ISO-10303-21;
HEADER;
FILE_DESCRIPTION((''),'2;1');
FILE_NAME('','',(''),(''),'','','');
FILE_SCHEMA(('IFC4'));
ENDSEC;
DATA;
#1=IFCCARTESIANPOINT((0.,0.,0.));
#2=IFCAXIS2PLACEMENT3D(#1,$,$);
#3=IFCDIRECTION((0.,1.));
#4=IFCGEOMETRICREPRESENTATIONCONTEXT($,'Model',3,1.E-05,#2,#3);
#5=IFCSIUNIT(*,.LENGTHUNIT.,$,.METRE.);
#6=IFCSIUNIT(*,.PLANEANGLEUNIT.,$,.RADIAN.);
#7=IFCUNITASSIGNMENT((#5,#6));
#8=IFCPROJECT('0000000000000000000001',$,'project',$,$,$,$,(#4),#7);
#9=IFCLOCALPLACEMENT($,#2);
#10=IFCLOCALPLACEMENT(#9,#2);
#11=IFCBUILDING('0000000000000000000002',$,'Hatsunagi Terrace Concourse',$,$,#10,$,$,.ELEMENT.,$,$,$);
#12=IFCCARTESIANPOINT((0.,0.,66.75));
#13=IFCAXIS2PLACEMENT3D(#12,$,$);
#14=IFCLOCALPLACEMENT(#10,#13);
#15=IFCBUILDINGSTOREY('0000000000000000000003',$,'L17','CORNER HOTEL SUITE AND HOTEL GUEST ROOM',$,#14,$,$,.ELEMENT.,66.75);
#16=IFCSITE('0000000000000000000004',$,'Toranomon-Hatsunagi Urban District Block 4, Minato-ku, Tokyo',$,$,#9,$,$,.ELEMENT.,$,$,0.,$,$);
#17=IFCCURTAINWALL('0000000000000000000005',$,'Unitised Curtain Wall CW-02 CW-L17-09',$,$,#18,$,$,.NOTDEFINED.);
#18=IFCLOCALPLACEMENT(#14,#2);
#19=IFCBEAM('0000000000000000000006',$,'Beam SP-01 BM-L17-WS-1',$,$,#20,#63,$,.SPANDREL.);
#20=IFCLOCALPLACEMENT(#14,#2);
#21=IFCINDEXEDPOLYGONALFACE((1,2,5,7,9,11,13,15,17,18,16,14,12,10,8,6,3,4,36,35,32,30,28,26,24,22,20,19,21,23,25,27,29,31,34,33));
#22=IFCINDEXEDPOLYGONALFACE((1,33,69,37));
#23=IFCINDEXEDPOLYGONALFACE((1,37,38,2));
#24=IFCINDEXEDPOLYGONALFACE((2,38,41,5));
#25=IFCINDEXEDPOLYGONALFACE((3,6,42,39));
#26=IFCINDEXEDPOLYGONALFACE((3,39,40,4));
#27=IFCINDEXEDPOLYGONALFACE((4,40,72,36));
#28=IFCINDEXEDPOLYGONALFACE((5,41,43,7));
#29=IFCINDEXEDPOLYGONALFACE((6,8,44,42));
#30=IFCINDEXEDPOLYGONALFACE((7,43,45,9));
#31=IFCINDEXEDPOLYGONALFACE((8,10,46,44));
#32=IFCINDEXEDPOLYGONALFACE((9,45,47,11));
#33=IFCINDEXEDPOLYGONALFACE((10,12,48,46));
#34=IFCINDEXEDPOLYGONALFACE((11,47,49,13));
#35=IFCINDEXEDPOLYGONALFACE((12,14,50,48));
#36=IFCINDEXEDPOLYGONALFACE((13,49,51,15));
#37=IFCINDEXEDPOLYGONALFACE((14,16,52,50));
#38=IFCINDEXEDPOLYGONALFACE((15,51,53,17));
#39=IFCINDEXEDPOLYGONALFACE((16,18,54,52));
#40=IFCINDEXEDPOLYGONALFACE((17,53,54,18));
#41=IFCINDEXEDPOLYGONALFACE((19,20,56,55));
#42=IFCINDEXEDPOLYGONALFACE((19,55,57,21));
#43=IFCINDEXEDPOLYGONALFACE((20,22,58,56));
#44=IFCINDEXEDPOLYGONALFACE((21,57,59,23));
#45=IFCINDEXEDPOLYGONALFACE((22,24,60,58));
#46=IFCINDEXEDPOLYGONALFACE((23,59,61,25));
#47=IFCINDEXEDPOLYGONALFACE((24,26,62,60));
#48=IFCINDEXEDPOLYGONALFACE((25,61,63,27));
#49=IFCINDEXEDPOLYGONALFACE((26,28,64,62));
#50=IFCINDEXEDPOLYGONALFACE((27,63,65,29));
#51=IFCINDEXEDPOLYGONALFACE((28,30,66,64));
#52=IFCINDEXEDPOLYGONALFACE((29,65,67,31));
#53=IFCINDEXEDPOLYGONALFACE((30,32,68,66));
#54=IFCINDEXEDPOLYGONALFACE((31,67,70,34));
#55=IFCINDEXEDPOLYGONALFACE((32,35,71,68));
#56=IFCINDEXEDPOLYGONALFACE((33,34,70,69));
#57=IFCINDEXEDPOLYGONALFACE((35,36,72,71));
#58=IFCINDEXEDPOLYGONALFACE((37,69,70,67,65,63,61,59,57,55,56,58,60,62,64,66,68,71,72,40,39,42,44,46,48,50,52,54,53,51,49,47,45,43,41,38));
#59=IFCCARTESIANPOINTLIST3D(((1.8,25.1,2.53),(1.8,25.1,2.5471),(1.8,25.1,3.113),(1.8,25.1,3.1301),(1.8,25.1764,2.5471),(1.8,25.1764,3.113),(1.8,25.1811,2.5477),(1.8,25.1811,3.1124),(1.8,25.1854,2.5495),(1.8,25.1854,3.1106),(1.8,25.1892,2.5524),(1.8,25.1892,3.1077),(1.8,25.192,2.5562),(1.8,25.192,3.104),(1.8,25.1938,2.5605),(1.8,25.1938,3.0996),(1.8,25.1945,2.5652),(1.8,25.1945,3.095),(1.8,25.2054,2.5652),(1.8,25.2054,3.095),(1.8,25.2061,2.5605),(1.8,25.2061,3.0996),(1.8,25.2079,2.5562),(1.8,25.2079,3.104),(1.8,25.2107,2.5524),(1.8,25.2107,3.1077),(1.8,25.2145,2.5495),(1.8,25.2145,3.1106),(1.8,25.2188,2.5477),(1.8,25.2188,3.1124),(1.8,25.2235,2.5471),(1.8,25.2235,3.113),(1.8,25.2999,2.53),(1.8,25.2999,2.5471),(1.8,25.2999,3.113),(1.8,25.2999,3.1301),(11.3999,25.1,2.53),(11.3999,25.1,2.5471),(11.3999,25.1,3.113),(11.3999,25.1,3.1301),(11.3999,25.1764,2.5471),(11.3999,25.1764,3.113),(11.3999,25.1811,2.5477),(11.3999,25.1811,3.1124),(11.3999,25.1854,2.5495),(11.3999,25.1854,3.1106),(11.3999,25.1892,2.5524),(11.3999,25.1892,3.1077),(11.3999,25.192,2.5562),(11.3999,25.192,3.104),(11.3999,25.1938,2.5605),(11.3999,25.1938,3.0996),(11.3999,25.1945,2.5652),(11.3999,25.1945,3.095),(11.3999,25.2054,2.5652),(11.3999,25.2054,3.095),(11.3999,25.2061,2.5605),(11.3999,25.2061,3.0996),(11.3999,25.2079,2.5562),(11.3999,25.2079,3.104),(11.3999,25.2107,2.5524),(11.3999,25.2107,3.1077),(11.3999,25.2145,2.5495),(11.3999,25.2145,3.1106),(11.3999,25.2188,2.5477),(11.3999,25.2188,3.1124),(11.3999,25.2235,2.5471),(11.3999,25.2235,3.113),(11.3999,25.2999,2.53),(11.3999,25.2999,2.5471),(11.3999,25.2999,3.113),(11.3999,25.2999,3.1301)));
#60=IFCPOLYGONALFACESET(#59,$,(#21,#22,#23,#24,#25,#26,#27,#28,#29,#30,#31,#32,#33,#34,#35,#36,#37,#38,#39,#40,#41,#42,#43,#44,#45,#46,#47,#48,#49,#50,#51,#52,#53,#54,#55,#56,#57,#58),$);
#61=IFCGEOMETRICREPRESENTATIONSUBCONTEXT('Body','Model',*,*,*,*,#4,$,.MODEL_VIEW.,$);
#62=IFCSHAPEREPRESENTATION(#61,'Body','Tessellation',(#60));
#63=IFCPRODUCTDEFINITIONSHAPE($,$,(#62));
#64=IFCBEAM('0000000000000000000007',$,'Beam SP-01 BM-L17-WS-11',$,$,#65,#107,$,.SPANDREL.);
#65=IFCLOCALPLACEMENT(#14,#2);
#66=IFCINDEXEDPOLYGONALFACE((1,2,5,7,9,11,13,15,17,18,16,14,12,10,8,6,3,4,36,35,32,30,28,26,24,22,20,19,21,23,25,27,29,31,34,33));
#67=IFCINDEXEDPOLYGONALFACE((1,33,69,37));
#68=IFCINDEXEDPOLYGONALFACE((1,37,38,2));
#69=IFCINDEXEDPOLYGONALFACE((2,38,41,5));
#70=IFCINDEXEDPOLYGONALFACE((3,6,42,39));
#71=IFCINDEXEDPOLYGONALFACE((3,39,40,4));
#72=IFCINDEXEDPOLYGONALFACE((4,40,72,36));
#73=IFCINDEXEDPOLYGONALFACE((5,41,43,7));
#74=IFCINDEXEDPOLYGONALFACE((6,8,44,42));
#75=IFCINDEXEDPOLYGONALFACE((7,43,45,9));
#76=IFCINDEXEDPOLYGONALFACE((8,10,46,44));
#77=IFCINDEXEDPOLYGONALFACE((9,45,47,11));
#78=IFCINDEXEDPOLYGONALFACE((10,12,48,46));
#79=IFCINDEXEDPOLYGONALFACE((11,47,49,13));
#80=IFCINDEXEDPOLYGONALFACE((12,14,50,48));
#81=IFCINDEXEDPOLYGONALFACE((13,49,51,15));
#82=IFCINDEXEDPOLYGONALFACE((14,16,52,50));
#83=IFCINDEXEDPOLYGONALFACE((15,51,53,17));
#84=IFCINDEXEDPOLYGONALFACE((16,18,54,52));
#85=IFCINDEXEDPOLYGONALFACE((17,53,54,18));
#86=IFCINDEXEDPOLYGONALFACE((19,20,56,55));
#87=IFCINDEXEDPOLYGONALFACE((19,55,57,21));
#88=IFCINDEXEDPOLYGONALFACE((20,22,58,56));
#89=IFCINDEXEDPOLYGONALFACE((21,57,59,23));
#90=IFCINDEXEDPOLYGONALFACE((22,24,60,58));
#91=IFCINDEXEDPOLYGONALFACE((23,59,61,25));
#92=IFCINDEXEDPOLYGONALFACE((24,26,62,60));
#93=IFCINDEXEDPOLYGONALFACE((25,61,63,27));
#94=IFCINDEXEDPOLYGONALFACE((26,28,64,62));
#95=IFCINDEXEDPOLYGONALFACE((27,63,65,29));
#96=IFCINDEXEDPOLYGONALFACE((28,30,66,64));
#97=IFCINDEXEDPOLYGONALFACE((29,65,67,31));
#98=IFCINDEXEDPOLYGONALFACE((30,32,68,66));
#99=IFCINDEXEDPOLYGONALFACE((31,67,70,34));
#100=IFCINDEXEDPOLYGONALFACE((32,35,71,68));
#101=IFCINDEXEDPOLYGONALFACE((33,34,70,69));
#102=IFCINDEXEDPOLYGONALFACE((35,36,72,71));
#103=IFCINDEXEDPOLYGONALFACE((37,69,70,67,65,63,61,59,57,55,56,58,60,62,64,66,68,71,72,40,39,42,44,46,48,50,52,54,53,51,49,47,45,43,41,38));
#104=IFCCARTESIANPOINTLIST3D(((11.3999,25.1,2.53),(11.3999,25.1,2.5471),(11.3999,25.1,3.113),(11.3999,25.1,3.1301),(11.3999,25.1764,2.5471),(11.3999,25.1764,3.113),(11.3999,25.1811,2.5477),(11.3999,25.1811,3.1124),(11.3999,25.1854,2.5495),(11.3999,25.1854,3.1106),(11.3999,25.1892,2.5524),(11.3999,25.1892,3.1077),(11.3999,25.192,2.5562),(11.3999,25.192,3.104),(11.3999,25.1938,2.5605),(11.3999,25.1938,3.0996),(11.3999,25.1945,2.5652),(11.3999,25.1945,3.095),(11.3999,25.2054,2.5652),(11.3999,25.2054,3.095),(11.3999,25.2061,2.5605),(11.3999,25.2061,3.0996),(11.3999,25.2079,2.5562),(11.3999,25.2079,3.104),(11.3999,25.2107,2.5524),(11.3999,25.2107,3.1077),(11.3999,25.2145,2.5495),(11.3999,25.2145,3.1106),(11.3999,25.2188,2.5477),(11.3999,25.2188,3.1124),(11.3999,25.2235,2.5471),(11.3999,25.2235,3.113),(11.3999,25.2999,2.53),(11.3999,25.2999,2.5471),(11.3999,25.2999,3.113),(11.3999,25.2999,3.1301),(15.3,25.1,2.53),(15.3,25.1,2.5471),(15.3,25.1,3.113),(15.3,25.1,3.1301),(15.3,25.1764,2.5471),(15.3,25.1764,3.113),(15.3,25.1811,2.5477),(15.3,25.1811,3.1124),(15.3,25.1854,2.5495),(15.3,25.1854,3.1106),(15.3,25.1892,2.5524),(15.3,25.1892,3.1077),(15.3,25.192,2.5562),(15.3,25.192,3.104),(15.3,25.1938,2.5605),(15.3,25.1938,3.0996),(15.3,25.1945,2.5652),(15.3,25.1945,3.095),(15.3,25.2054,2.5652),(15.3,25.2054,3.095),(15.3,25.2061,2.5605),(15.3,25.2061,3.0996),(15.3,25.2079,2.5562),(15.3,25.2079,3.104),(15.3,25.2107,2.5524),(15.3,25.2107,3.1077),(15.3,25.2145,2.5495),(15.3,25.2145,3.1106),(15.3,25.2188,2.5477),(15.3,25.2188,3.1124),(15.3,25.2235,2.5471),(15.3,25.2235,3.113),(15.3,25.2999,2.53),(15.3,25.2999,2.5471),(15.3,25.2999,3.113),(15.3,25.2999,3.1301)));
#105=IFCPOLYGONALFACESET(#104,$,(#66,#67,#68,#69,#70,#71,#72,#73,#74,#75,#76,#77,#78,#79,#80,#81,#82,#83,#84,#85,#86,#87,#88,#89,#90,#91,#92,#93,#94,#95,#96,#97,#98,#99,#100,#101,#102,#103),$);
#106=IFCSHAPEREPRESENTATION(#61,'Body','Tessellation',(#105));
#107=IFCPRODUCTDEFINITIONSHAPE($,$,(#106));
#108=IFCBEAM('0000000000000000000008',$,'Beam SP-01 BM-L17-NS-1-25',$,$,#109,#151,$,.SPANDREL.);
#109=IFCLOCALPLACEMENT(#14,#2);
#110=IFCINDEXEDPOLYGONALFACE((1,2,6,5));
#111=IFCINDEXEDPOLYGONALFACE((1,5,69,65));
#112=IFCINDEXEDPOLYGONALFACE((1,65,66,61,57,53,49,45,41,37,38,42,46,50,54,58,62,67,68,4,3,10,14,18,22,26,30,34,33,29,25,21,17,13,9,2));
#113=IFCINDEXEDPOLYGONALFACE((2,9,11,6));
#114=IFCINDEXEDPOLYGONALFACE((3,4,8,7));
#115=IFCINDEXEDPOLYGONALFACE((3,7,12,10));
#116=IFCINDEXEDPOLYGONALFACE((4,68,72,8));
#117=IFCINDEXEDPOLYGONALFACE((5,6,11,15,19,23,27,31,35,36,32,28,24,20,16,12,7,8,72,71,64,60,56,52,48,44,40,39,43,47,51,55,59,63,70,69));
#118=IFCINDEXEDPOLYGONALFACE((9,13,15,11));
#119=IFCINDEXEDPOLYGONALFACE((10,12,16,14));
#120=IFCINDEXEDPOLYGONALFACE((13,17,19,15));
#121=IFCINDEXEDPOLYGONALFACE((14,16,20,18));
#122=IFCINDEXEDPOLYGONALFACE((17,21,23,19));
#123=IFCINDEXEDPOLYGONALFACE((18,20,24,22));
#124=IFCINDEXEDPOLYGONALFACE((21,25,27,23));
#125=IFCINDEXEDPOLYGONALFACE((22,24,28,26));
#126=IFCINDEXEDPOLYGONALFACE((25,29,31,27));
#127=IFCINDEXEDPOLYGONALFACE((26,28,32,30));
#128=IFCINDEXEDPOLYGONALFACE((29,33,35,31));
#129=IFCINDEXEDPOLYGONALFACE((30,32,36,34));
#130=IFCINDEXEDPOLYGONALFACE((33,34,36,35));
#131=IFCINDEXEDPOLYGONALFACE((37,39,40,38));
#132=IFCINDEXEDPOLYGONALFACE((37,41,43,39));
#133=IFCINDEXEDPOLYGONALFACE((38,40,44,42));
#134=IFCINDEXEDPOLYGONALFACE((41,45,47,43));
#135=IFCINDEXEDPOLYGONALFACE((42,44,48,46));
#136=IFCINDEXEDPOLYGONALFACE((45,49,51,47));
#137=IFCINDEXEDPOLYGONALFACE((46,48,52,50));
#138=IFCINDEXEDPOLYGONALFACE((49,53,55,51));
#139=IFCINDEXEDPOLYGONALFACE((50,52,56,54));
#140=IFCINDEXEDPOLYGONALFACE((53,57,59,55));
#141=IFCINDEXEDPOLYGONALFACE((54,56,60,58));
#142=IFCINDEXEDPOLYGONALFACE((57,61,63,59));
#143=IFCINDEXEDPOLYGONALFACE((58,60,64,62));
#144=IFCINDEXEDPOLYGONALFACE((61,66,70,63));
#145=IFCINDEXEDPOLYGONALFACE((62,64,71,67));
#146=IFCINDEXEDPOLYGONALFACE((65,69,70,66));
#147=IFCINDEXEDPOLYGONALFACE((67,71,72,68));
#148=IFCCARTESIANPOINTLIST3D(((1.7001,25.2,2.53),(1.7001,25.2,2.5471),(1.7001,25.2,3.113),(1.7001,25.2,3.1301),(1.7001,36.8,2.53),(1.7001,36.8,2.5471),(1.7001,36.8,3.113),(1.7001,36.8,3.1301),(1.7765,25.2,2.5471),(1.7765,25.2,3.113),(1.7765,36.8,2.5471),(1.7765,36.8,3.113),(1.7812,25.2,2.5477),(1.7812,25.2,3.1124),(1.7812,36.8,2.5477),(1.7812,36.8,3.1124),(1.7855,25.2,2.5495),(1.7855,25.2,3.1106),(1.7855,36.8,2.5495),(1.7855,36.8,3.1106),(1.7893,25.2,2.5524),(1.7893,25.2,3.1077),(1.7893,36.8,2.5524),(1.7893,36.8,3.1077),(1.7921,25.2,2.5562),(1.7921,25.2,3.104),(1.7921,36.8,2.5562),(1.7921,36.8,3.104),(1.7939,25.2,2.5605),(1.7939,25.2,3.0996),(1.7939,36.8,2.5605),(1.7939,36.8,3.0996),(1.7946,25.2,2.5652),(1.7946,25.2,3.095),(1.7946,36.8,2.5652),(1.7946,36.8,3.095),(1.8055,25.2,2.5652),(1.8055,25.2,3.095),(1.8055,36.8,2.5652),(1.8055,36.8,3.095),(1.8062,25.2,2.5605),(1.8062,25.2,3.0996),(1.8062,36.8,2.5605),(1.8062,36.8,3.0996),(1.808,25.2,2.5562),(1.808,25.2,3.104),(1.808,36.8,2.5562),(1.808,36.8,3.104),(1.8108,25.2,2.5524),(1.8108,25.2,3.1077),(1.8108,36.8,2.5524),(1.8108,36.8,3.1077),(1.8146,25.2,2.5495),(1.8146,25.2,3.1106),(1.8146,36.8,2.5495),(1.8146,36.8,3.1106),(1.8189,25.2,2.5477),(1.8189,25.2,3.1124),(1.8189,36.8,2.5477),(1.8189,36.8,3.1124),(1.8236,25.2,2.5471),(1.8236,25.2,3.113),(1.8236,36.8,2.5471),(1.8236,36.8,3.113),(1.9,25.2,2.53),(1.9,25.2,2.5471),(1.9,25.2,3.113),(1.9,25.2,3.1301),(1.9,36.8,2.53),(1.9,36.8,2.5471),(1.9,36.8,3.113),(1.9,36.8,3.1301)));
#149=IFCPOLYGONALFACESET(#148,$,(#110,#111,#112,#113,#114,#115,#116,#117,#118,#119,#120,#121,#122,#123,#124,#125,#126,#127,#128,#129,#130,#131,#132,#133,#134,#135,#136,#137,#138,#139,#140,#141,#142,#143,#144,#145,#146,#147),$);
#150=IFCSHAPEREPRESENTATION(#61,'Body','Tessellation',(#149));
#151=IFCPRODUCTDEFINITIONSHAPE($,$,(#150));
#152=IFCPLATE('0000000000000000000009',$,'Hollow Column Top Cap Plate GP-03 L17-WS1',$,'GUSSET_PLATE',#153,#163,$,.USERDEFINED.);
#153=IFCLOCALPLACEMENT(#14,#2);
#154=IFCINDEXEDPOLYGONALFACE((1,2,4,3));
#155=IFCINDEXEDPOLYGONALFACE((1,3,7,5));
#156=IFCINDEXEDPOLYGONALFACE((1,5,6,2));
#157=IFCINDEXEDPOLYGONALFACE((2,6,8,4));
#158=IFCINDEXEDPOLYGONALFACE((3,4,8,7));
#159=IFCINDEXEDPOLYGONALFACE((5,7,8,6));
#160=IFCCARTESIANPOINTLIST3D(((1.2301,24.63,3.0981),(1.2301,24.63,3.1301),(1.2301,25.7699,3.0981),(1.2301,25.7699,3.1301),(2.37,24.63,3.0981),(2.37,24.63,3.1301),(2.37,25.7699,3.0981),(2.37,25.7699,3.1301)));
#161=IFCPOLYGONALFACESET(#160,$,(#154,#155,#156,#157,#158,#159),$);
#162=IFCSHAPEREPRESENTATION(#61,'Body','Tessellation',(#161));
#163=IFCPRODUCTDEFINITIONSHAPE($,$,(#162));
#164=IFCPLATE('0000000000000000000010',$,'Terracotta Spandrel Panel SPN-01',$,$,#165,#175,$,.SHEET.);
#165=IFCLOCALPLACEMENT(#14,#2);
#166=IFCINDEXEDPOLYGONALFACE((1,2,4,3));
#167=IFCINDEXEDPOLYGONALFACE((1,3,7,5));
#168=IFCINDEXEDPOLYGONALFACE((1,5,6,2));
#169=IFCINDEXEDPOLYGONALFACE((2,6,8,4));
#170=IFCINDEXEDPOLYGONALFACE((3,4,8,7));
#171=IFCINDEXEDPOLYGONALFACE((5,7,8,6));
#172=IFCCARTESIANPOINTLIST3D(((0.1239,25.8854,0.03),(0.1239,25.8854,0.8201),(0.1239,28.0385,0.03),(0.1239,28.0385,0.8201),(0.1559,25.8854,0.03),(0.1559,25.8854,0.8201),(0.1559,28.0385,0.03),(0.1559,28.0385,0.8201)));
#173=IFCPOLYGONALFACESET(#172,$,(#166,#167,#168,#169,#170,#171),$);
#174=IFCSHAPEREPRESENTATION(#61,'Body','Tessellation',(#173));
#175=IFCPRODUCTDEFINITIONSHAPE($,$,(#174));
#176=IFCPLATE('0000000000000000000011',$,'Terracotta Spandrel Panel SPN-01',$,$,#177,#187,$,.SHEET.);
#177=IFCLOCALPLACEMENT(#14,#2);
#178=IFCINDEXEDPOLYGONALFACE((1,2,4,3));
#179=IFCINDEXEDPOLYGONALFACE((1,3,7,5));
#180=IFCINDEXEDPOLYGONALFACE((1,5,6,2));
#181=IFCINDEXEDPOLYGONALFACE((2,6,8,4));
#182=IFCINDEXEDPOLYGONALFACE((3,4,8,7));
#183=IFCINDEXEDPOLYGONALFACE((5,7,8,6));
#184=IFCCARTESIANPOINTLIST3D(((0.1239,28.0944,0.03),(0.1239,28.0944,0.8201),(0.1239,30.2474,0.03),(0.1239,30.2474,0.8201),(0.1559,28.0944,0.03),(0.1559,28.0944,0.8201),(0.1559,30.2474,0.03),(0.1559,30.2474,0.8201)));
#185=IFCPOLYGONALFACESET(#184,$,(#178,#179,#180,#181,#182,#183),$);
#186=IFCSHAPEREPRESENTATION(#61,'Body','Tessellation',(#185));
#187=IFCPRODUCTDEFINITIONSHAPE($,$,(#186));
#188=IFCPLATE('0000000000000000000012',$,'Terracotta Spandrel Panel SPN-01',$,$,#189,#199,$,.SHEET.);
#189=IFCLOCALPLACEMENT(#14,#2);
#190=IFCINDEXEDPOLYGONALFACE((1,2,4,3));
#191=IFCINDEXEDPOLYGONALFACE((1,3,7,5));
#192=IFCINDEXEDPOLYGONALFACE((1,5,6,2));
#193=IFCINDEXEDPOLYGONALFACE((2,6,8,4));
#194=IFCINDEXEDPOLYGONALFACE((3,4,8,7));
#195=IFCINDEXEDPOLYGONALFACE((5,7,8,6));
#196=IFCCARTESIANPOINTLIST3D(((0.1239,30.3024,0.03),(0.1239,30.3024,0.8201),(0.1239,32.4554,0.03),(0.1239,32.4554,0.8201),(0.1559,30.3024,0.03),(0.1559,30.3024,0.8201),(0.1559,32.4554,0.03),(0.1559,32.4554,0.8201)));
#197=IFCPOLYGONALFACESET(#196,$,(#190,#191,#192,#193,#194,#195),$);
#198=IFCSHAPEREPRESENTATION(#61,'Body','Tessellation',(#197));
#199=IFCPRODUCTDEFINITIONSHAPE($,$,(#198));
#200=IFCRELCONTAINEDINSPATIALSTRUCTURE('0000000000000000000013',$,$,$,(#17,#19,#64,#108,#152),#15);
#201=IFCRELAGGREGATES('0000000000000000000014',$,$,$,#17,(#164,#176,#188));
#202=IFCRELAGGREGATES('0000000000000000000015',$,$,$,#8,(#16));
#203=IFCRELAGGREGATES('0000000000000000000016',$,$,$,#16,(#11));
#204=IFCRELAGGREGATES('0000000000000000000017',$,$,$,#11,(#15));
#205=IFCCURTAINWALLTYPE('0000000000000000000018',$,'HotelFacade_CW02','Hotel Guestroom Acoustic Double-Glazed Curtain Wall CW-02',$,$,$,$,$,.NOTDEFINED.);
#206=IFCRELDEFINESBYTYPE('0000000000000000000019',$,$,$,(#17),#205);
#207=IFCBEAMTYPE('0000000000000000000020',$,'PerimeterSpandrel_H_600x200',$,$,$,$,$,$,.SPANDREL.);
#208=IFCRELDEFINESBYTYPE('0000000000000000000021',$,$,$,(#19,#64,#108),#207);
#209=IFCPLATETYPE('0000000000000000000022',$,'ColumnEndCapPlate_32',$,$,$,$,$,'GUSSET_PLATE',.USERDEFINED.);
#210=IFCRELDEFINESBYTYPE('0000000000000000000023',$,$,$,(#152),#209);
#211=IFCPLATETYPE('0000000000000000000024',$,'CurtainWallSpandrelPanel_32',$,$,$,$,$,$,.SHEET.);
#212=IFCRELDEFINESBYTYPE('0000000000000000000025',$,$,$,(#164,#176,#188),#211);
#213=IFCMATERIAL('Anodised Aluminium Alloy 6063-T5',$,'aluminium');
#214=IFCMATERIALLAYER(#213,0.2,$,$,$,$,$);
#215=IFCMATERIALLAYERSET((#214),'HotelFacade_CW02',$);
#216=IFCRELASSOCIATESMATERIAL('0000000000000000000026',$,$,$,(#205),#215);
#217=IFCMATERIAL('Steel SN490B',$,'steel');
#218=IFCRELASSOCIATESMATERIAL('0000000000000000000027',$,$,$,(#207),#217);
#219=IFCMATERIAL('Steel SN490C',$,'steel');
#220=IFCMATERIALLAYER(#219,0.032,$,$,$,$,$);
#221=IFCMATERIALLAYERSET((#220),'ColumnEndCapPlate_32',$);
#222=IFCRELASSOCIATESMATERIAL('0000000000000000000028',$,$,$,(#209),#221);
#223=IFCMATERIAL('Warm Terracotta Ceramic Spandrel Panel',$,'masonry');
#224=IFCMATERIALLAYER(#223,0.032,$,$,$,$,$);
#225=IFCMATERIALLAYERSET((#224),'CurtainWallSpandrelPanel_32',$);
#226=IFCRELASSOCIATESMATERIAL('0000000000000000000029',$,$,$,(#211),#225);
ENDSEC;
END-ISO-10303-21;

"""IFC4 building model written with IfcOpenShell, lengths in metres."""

from ifc_helpers import new_model, si_unit, direction, frame, origin, origin_2d, place, context, subcontext, project, spatial, rectangle, i_section, extrude, material, layer, layer_set, material_profile, profile_set, type_object, element, aggregate, save


model = new_model("IFC4")

# Units and contexts
model_context = context("Model", 3, precision=1e-05, world=origin(), true_north=direction((0.0, 1.0)))
body_context = subcontext(model_context, "Body", "Model", "MODEL_VIEW")
ifc_project = project(units=[si_unit("LENGTHUNIT", "METRE"), si_unit("PLANEANGLEUNIT", "RADIAN")], contexts=[model_context])

# Site, building, storey
site_placement = place(None, origin())
site = spatial("IfcSite", under=ifc_project, at=site_placement, Name="Toranomon-Hatsunagi Urban District Block 4, Minato-ku, Tokyo", CompositionType="ELEMENT", RefElevation=0.0)
building_placement = place(site_placement, origin())
building = spatial("IfcBuilding", under=site, at=building_placement, Name="Hatsunagi Terrace Concourse", CompositionType="ELEMENT")
storey_placement = place(building_placement, frame((0.0, 0.0, 66.75)))
storey = spatial("IfcBuildingStorey", under=building, at=storey_placement, Name="L17", Description="CORNER HOTEL SUITE AND HOTEL GUEST ROOM", CompositionType="ELEMENT", Elevation=66.75)

# Curtain wall
ifc_material_1 = material(Name="Anodised Aluminium Alloy 6063-T5", Category="aluminium")
ifc_layer_1 = layer(ifc_material_1, 0.2)
ifc_layer_set_1 = layer_set([ifc_layer_1], Name="HotelFacade_CW02")
curtain_wall_type = type_object("IfcCurtainWallType", Name="HotelFacade_CW02", Description="Hotel Guestroom Acoustic Double-Glazed Curtain Wall CW-02", PredefinedType="NOTDEFINED", material=ifc_layer_set_1)
curtain_wall_placement = place(storey_placement, origin())
curtain_wall = element("IfcCurtainWall", 1, at=curtain_wall_placement, inside=storey, type_object=curtain_wall_type, Name="Unitised Curtain Wall CW-02 CW-L17-09", PredefinedType="NOTDEFINED")

# Beams
ifc_material_2 = material(Name="Steel SN490B", Category="steel")
ifc_material_profile_1 = material_profile(ifc_material_2, i_section(OverallWidth=0.2, OverallDepth=0.6001, WebThickness=0.011, FlangeThickness=0.0171, FilletRadius=0.0181, at=origin_2d()), Name="H-600x200x11x17")
ifc_profile_set_1 = profile_set([ifc_material_profile_1], Name="Steel SN490B")
beam_type_1 = type_object("IfcBeamType", Name="PerimeterSpandrel_H_600x200", PredefinedType="SPANDREL", material=ifc_profile_set_1)
beam_1_placement = place(storey_placement, frame((1.8, 25.2, 2.8301), z_axis=(1.0, 0.0, 0.0), x_axis=(0.0, 1.0, 0.0)))
element("IfcBeam", 2, at=beam_1_placement, inside=storey, type_object=beam_type_1, Name="Beam SP-01 BM-L17-WS-1", PredefinedType="SPANDREL", context=body_context, shape_type="SweptSolid", body=[
    extrude(i_section(OverallWidth=0.2, OverallDepth=0.6001, WebThickness=0.011, FlangeThickness=0.0171, FilletRadius=0.0181, at=origin_2d()), origin(), (0.0, 0.0, 1.0), 9.5999),
])
beam_2_placement = place(storey_placement, frame((11.3999, 25.2, 2.8301), z_axis=(1.0, 0.0, 0.0), x_axis=(0.0, 1.0, 0.0)))
element("IfcBeam", 3, at=beam_2_placement, inside=storey, type_object=beam_type_1, Name="Beam SP-01 BM-L17-WS-11", PredefinedType="SPANDREL", context=body_context, shape_type="SweptSolid", body=[
    extrude(i_section(OverallWidth=0.2, OverallDepth=0.6001, WebThickness=0.011, FlangeThickness=0.0171, FilletRadius=0.0181, at=origin_2d()), origin(), (0.0, 0.0, 1.0), 3.9001),
])
beam_3_placement = place(storey_placement, frame((1.8, 25.2, 2.8301), z_axis=(0.0, 1.0, 0.0), x_axis=(-1.0, 0.0, 0.0)))
element("IfcBeam", 4, at=beam_3_placement, inside=storey, type_object=beam_type_1, Name="Beam SP-01 BM-L17-NS-1-25", PredefinedType="SPANDREL", context=body_context, shape_type="SweptSolid", body=[
    extrude(i_section(OverallWidth=0.2, OverallDepth=0.6001, WebThickness=0.011, FlangeThickness=0.0171, FilletRadius=0.0181, at=origin_2d()), origin(), (0.0, 0.0, 1.0), 11.6001),
])

# Plates
ifc_material_3 = material(Name="Steel SN490C", Category="steel")
ifc_layer_2 = layer(ifc_material_3, 0.032)
ifc_layer_set_2 = layer_set([ifc_layer_2], Name="ColumnEndCapPlate_32")
plate_type_1 = type_object("IfcPlateType", Name="ColumnEndCapPlate_32", ElementType="GUSSET_PLATE", PredefinedType="USERDEFINED", material=ifc_layer_set_2)
plate_1_placement = place(storey_placement, frame((1.8, 25.2, 3.0981), z_axis=(0.0, 0.0, 1.0), x_axis=(1.0, 0.0, 0.0)))
element("IfcPlate", 5, at=plate_1_placement, inside=storey, type_object=plate_type_1, Name="Hollow Column Top Cap Plate GP-03 L17-WS1", ObjectType="GUSSET_PLATE", PredefinedType="USERDEFINED", context=body_context, shape_type="SweptSolid", body=[
    extrude(rectangle(XDim=1.1399, YDim=1.1399, at=origin_2d()), origin(), (0.0, 0.0, 1.0), 0.032),
])
ifc_material_4 = material(Name="Warm Terracotta Ceramic Spandrel Panel", Category="masonry")
ifc_layer_3 = layer(ifc_material_4, 0.032)
ifc_layer_set_3 = layer_set([ifc_layer_3], Name="CurtainWallSpandrelPanel_32")
plate_type_2 = type_object("IfcPlateType", Name="CurtainWallSpandrelPanel_32", PredefinedType="SHEET", material=ifc_layer_set_3)
plate_2_placement = place(storey_placement, frame((0.1399, 26.9619, 0.03), z_axis=(0.0, 0.0, 1.0), x_axis=(0.0, 1.0, 0.0)))
plate_2 = element("IfcPlate", 6, at=plate_2_placement, type_object=plate_type_2, Name="Terracotta Spandrel Panel SPN-01", PredefinedType="SHEET", context=body_context, shape_type="SweptSolid", body=[
    extrude(rectangle(XDim=2.1531, YDim=0.032, at=origin_2d()), origin(), (0.0, 0.0, 1.0), 0.79),
])
plate_3_placement = place(storey_placement, frame((0.1399, 29.1709, 0.03), z_axis=(0.0, 0.0, 1.0), x_axis=(0.0, 1.0, 0.0)))
plate_3 = element("IfcPlate", 7, at=plate_3_placement, type_object=plate_type_2, Name="Terracotta Spandrel Panel SPN-01", PredefinedType="SHEET", context=body_context, shape_type="SweptSolid", body=[
    extrude(rectangle(XDim=2.1531, YDim=0.032, at=origin_2d()), origin(), (0.0, 0.0, 1.0), 0.79),
])
plate_4_placement = place(storey_placement, frame((0.1399, 31.3789, 0.03), z_axis=(0.0, 0.0, 1.0), x_axis=(0.0, 1.0, 0.0)))
plate_4 = element("IfcPlate", 8, at=plate_4_placement, type_object=plate_type_2, Name="Terracotta Spandrel Panel SPN-01", PredefinedType="SHEET", context=body_context, shape_type="SweptSolid", body=[
    extrude(rectangle(XDim=2.1531, YDim=0.032, at=origin_2d()), origin(), (0.0, 0.0, 1.0), 0.79),
])
aggregate(curtain_wall, [plate_2, plate_3, plate_4])

save(model, "model.ifc")
